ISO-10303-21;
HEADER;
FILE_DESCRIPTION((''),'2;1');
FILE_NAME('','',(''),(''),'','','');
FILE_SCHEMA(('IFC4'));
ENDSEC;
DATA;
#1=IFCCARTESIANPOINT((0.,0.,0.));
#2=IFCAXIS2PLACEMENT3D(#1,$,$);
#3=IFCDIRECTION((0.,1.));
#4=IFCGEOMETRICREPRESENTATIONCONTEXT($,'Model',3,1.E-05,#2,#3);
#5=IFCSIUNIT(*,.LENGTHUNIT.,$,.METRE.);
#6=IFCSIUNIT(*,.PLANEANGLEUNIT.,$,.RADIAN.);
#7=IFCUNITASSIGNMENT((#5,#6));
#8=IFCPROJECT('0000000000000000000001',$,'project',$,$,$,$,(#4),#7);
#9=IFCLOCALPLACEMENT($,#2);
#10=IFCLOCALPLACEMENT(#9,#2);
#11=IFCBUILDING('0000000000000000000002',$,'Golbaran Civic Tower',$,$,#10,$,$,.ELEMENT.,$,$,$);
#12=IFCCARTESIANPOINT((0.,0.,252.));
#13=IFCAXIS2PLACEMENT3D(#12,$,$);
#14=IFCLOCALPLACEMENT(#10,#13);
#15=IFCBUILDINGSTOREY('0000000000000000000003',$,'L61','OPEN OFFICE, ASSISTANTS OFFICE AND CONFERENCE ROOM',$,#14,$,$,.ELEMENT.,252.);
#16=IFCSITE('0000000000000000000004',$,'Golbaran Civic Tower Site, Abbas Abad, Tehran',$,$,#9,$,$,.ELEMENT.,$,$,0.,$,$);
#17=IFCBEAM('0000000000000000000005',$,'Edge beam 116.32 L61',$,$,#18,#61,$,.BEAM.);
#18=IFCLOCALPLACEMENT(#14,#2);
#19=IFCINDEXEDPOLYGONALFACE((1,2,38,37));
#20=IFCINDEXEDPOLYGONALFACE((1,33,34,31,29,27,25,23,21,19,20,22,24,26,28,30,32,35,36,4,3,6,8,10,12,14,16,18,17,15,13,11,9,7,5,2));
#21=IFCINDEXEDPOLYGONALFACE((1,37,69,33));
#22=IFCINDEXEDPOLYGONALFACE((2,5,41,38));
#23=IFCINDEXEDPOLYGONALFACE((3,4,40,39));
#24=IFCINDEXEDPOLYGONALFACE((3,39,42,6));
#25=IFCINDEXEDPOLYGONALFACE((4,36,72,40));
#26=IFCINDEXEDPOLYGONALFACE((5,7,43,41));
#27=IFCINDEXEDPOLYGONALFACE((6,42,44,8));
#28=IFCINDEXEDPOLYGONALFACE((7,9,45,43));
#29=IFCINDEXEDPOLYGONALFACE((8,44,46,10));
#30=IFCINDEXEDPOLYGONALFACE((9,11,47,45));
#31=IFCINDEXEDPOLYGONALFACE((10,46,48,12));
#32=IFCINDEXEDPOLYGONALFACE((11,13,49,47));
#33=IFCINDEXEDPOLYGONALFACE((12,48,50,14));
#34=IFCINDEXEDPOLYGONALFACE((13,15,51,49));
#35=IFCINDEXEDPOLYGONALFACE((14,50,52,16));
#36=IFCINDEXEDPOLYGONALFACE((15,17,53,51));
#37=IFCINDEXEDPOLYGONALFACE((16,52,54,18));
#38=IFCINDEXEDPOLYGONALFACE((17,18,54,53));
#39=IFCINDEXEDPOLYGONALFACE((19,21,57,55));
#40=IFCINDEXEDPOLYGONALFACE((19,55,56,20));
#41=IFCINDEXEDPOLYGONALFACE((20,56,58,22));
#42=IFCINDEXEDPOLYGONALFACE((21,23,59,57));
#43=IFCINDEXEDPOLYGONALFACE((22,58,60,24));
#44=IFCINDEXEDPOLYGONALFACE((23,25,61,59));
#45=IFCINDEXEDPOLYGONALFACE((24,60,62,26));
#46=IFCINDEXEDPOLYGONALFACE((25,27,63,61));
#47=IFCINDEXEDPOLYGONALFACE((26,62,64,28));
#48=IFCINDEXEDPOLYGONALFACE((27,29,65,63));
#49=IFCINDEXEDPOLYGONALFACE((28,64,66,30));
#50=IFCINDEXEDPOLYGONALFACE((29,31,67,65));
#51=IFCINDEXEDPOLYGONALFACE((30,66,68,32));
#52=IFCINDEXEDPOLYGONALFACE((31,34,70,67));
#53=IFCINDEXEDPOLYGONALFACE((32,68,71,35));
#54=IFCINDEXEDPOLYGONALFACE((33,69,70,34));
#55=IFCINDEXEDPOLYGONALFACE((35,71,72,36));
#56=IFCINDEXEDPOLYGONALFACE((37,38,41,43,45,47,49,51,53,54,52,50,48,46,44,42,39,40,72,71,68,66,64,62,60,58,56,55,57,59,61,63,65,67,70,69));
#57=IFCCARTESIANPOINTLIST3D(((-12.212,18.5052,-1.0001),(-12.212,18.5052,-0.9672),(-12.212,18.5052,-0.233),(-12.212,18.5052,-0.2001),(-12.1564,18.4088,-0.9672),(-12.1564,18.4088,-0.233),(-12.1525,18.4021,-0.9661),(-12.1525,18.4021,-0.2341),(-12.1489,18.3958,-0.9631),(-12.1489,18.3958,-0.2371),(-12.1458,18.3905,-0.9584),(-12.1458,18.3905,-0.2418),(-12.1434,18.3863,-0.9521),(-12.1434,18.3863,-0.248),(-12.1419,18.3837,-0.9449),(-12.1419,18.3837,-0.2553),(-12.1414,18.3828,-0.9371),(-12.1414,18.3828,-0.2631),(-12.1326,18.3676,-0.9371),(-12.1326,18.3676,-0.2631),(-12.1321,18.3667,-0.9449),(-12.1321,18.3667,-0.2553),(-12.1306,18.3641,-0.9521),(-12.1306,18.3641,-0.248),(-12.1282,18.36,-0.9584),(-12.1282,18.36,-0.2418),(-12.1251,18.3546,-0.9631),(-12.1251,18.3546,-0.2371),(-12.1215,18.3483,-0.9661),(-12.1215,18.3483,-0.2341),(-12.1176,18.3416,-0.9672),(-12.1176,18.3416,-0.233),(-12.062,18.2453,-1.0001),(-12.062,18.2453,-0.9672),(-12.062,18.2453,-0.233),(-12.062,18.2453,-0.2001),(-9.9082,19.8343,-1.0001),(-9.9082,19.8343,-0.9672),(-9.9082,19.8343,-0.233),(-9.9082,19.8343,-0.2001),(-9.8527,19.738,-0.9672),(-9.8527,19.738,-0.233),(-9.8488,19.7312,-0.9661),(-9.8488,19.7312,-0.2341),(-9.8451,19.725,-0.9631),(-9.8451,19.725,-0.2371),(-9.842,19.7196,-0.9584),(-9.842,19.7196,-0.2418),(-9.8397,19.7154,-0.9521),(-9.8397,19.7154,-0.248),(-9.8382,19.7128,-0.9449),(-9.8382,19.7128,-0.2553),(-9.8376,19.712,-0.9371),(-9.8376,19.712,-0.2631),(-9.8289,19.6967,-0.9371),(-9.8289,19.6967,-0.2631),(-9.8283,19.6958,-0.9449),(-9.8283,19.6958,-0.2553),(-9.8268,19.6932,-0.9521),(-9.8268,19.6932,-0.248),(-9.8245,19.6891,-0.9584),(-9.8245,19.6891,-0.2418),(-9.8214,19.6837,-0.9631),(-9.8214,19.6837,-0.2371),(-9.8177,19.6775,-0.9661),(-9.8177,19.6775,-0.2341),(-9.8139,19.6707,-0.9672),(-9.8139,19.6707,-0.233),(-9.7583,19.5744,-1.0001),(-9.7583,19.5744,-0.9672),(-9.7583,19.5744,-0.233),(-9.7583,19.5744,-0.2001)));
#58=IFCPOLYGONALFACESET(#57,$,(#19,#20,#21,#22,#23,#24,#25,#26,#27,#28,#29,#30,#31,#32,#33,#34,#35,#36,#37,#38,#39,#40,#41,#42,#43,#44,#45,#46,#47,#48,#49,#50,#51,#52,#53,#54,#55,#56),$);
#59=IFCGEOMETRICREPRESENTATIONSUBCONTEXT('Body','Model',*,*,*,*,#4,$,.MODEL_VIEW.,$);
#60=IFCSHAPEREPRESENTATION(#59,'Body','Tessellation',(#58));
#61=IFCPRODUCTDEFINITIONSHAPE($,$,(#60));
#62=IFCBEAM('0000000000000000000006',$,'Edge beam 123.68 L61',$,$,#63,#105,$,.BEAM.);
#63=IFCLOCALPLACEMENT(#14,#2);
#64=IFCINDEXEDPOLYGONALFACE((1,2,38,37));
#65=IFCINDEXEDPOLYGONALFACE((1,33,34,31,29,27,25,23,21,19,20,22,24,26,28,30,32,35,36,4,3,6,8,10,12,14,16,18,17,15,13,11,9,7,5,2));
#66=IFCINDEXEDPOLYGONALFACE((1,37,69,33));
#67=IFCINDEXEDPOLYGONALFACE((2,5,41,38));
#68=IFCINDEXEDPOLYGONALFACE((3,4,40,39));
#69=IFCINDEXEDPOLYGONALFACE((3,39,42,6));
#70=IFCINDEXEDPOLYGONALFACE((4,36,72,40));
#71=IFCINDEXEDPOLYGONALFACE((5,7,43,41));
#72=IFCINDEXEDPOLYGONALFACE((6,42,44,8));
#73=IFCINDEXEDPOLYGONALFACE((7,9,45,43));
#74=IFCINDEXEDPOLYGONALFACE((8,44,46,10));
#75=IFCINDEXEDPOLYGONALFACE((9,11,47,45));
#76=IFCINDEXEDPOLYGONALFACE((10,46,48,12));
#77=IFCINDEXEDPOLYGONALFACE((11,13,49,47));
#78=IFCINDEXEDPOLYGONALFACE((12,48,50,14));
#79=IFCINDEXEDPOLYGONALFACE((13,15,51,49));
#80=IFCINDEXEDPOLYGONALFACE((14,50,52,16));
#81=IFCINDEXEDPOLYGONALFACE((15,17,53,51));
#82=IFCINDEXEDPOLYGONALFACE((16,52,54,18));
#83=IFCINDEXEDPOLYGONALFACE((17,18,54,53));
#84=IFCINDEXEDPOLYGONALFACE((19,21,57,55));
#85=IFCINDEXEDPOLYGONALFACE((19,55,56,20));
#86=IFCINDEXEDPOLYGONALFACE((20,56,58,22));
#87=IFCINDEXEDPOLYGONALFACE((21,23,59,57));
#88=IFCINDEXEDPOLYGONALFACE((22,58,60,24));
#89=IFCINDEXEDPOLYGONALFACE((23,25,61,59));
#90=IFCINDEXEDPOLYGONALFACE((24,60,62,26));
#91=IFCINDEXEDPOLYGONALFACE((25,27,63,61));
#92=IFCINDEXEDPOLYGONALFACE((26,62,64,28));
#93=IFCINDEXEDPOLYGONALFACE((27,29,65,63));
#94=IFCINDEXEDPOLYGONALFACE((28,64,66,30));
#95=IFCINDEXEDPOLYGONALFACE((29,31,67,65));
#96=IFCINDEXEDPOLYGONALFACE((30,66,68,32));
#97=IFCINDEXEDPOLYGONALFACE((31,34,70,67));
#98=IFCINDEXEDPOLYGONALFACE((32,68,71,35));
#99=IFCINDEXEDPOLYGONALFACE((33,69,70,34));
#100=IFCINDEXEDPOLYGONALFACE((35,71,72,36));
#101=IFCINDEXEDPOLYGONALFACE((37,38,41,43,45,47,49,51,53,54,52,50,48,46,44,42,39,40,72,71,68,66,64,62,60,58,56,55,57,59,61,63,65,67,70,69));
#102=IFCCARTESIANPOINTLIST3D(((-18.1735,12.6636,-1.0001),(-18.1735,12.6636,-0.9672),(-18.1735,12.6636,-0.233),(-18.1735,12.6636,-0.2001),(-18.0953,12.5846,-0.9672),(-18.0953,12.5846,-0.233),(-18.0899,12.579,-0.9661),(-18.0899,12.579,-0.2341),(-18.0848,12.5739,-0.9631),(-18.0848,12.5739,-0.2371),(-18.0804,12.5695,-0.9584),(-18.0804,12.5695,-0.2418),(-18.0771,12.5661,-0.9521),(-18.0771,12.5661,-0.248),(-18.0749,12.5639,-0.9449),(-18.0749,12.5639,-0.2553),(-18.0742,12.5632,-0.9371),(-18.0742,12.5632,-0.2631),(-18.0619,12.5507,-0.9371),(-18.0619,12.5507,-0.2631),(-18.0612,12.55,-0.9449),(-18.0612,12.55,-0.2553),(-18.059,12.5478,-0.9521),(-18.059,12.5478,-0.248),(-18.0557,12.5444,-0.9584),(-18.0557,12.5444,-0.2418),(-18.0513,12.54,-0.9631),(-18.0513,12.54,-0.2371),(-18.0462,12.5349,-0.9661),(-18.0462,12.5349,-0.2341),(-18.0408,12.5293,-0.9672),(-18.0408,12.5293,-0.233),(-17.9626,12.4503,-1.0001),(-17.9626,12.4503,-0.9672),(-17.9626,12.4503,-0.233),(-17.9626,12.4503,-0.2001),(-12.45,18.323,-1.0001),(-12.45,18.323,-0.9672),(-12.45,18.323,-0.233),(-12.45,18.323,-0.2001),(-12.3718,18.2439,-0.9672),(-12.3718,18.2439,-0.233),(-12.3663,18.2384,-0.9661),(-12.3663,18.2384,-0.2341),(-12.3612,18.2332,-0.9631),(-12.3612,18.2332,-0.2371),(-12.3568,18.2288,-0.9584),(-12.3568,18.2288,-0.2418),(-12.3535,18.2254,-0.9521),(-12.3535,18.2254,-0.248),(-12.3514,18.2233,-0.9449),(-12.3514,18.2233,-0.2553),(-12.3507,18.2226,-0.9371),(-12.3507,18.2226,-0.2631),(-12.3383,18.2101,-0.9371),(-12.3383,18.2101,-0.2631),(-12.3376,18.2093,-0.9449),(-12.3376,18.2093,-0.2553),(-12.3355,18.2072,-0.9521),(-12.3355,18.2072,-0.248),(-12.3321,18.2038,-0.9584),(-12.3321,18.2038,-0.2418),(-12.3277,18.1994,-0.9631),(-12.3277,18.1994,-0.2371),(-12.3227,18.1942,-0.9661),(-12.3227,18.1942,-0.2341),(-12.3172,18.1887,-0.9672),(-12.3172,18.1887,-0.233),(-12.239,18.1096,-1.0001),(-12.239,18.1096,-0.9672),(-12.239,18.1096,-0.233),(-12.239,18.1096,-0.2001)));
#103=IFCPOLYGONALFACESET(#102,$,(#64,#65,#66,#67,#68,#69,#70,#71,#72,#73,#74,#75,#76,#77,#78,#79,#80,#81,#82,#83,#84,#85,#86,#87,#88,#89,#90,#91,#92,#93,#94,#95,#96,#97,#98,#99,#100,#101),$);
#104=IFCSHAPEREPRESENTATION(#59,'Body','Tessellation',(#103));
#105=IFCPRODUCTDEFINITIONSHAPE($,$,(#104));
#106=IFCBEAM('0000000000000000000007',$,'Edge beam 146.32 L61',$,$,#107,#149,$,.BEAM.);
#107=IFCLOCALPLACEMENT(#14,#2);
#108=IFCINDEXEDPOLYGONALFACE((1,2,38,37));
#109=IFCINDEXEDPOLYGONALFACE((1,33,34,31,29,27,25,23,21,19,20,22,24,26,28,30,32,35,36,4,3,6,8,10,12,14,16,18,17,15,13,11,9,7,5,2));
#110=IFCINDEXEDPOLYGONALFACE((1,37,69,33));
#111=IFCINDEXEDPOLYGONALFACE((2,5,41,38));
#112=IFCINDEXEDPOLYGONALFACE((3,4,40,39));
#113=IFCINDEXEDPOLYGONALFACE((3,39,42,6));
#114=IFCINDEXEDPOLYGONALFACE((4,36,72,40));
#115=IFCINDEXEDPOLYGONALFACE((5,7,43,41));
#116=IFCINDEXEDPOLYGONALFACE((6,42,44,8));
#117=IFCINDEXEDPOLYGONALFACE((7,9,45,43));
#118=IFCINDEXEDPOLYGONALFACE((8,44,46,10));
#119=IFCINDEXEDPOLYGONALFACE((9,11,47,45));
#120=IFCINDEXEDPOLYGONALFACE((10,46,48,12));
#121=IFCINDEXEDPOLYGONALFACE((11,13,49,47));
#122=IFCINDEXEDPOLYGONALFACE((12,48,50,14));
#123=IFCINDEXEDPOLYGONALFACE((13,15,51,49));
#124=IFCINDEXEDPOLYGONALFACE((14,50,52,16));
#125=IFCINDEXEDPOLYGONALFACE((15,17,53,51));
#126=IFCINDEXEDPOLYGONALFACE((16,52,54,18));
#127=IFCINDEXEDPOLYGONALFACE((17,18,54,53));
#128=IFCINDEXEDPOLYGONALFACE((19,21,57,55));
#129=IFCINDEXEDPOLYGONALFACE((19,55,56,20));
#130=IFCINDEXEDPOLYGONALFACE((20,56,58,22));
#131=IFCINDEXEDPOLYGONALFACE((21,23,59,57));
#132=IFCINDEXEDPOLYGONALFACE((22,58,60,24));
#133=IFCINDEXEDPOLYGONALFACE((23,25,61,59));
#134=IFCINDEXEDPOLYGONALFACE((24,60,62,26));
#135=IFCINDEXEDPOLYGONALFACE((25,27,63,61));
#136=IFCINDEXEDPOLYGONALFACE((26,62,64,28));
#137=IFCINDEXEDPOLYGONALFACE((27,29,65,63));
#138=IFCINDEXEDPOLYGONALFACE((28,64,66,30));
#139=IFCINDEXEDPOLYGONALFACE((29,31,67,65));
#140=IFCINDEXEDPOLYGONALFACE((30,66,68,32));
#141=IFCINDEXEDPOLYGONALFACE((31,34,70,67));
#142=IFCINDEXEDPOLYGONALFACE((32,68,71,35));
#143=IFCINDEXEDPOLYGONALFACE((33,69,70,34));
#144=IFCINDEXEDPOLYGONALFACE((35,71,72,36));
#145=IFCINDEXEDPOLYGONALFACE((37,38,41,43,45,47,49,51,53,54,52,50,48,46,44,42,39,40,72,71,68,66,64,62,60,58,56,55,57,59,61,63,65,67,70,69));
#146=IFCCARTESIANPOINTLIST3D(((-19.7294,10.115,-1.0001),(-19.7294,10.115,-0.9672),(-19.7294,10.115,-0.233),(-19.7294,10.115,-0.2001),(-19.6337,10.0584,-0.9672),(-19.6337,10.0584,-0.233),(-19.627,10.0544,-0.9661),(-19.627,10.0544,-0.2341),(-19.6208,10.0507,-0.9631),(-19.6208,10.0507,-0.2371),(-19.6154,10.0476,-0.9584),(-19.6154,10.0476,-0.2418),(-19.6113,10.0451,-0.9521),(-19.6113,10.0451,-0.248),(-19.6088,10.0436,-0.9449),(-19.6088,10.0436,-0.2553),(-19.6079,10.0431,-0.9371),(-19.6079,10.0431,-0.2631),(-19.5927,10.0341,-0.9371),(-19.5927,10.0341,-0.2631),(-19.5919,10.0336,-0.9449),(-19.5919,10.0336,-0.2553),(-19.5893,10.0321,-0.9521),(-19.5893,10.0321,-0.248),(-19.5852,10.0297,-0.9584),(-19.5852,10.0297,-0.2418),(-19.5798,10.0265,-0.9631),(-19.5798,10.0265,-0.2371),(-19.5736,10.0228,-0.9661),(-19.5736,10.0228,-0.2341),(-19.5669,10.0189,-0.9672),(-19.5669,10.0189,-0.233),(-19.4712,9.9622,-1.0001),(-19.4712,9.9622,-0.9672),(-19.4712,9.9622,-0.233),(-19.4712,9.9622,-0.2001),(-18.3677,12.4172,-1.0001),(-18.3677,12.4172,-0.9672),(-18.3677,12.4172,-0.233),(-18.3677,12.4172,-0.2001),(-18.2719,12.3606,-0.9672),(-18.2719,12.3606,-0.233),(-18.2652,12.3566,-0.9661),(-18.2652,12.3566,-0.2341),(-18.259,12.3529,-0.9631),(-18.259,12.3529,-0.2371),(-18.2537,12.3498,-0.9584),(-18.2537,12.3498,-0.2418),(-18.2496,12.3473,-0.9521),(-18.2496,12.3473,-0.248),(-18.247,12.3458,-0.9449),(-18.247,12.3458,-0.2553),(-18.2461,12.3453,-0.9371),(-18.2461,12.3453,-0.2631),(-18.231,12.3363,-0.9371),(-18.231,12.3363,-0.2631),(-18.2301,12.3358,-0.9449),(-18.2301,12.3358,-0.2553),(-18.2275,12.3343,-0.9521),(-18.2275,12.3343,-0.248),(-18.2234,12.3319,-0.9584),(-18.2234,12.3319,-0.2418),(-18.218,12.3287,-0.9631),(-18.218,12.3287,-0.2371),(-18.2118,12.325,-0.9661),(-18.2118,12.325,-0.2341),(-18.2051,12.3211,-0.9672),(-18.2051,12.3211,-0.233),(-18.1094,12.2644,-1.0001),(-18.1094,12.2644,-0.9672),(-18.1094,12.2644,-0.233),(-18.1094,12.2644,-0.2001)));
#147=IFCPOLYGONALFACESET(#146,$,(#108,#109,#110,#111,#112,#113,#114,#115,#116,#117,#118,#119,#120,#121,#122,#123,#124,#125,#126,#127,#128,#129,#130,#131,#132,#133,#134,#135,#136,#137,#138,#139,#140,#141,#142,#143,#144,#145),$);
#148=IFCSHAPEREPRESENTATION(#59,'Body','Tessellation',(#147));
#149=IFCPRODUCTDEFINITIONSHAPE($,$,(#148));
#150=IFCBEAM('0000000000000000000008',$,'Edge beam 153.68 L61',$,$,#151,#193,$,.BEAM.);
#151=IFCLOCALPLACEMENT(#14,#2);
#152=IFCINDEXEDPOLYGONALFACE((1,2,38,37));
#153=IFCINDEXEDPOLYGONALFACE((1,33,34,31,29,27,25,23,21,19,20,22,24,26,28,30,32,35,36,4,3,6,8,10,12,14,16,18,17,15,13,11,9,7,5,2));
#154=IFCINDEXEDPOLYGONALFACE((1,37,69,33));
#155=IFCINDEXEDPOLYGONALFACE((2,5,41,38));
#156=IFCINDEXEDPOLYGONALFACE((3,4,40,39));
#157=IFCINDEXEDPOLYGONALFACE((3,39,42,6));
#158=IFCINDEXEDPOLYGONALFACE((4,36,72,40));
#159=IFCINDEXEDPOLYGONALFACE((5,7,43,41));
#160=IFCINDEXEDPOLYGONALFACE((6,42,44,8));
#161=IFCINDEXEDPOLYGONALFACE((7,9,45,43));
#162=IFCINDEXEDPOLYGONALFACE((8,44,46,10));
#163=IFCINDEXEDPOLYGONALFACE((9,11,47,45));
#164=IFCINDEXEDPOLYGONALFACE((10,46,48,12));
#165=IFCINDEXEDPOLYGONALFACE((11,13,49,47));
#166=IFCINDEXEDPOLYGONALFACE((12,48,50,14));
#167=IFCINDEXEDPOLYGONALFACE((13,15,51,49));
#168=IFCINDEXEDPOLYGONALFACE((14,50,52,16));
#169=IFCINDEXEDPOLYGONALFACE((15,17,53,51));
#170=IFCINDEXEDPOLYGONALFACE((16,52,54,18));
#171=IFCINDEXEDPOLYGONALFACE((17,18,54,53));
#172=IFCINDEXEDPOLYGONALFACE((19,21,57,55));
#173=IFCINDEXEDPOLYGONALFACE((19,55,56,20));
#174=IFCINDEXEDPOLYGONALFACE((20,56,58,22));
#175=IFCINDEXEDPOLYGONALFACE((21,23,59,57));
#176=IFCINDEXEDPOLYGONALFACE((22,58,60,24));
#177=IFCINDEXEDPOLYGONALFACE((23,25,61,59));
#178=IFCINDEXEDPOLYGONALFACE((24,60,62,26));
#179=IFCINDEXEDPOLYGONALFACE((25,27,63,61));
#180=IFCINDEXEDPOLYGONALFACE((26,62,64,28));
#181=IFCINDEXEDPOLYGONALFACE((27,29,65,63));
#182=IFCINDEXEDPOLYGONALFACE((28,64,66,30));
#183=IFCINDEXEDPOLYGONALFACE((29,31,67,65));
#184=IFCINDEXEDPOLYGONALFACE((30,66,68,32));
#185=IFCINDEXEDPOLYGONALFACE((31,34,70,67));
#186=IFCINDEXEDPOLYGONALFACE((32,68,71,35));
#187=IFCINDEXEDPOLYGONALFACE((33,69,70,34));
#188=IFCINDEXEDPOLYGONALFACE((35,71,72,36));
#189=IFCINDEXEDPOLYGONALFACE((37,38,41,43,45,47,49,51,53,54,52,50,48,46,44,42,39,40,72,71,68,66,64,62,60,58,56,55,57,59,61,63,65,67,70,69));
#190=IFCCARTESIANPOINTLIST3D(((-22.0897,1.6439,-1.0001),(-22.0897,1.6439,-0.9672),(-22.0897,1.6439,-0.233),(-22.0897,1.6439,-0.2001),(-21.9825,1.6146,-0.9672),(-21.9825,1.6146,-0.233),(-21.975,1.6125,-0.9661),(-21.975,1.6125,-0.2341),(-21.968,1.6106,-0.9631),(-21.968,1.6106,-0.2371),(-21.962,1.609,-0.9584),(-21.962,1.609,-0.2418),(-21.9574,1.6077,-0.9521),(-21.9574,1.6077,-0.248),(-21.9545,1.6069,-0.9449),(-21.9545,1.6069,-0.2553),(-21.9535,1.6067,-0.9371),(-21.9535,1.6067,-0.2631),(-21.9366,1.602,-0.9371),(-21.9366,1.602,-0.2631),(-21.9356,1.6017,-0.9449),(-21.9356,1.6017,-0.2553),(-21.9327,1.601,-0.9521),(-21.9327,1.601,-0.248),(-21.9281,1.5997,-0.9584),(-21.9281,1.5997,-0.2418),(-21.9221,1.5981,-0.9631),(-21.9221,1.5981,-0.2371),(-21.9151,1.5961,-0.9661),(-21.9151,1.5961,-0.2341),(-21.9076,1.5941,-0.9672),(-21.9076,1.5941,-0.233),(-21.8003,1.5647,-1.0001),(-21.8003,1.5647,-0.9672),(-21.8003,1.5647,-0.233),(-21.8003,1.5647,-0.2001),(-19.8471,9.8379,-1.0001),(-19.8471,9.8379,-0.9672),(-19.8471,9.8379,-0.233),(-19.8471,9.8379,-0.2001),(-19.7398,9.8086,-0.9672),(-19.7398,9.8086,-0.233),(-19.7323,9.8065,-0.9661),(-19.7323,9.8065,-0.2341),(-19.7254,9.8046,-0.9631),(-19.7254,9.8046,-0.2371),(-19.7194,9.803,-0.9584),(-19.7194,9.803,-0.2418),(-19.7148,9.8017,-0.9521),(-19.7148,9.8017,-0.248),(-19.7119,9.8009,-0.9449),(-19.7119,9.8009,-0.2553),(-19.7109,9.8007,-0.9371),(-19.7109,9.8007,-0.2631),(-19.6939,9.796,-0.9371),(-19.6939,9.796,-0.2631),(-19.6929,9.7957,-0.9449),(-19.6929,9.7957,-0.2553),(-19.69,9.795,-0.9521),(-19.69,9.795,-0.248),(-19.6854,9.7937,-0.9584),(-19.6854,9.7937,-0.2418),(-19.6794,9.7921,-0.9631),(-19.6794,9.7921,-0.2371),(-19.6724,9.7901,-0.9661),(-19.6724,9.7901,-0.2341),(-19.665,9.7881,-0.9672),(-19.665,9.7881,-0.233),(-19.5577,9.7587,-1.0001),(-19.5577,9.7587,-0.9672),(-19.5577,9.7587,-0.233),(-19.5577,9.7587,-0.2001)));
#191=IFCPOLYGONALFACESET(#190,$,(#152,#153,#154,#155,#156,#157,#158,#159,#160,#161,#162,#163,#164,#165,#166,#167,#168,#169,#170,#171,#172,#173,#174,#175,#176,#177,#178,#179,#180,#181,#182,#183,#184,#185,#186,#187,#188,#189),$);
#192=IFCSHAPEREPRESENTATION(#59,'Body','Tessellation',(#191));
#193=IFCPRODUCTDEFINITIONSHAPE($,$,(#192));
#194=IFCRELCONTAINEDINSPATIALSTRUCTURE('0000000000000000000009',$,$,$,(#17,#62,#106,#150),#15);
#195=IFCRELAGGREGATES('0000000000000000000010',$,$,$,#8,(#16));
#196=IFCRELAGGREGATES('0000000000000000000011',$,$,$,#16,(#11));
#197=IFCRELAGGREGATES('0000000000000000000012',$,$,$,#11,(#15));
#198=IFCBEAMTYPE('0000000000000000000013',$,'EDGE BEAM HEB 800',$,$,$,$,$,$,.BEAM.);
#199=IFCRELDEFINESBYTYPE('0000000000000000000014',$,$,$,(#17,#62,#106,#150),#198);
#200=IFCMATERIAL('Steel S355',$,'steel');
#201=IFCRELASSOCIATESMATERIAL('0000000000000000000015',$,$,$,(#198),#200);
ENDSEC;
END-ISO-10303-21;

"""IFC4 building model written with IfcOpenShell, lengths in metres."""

from ifc_helpers import new_model, si_unit, direction, frame, origin, origin_2d, place, context, subcontext, project, spatial, i_section, extrude, material, material_profile, profile_set, type_object, element, save


model = new_model("IFC4")

# Units and contexts
model_context = context("Model", 3, precision=1e-05, world=origin(), true_north=direction((0.0, 1.0)))
body_context = subcontext(model_context, "Body", "Model", "MODEL_VIEW")
ifc_project = project(units=[si_unit("LENGTHUNIT", "METRE"), si_unit("PLANEANGLEUNIT", "RADIAN")], contexts=[model_context])

# Site, building, storey
site_placement = place(None, origin())
site = spatial("IfcSite", under=ifc_project, at=site_placement, Name="Golbaran Civic Tower Site, Abbas Abad, Tehran", CompositionType="ELEMENT", RefElevation=0.0)
building_placement = place(site_placement, origin())
building = spatial("IfcBuilding", under=site, at=building_placement, Name="Golbaran Civic Tower", CompositionType="ELEMENT")
storey_placement = place(building_placement, frame((0.0, 0.0, 252.0)))
storey = spatial("IfcBuildingStorey", under=building, at=storey_placement, Name="L61", Description="OPEN OFFICE, ASSISTANTS OFFICE AND CONFERENCE ROOM", CompositionType="ELEMENT", Elevation=252.0)

# Beams
ifc_material_1 = material(Name="Steel S355", Category="steel")
ifc_material_profile_1 = material_profile(ifc_material_1, i_section(OverallWidth=0.3, OverallDepth=0.8, WebThickness=0.0176, FlangeThickness=0.033, FilletRadius=0.03, at=origin_2d()), Name="HEB 800")
ifc_profile_set_1 = profile_set([ifc_material_profile_1], Name="Steel S355")
beam_type_1 = type_object("IfcBeamType", Name="EDGE BEAM HEB 800", PredefinedType="BEAM", material=ifc_profile_set_1)
beam_1_placement = place(storey_placement, frame((-9.8333, 19.7043, -0.6001), z_axis=(-0.866179, -0.499733, 0.0), x_axis=(0.499733, -0.866179, 0.0)))
element("IfcBeam", 1, at=beam_1_placement, inside=storey, type_object=beam_type_1, Name="Edge beam 116.32 L61", PredefinedType="BEAM", context=body_context, shape_type="SweptSolid", body=[
    extrude(i_section(OverallWidth=0.3, OverallDepth=0.8, WebThickness=0.0176, FlangeThickness=0.033, FilletRadius=0.03, at=origin_2d()), origin(), (0.0, 0.0, 1.0), 2.6597),
])
beam_2_placement = place(storey_placement, frame((-12.3445, 18.2163, -0.6001), z_axis=(-0.711084, -0.703107, 0.0), x_axis=(0.703107, -0.711084, 0.0)))
element("IfcBeam", 2, at=beam_2_placement, inside=storey, type_object=beam_type_1, Name="Edge beam 123.68 L61", PredefinedType="BEAM", context=body_context, shape_type="SweptSolid", body=[
    extrude(i_section(OverallWidth=0.3, OverallDepth=0.8, WebThickness=0.0176, FlangeThickness=0.033, FilletRadius=0.03, at=origin_2d()), origin(), (0.0, 0.0, 1.0), 8.0491),
])
beam_3_placement = place(storey_placement, frame((-18.2385, 12.3408, -0.6001), z_axis=(-0.509117, -0.860697, 0.0), x_axis=(0.860697, -0.509117, 0.0)))
element("IfcBeam", 3, at=beam_3_placement, inside=storey, type_object=beam_type_1, Name="Edge beam 146.32 L61", PredefinedType="BEAM", context=body_context, shape_type="SweptSolid", body=[
    extrude(i_section(OverallWidth=0.3, OverallDepth=0.8, WebThickness=0.0176, FlangeThickness=0.033, FilletRadius=0.03, at=origin_2d()), origin(), (0.0, 0.0, 1.0), 2.6748),
])
beam_4_placement = place(storey_placement, frame((-19.7024, 9.7983, -0.6001), z_axis=(-0.263985, -0.964527, 0.0), x_axis=(0.964527, -0.263985, 0.0)))
element("IfcBeam", 4, at=beam_4_placement, inside=storey, type_object=beam_type_1, Name="Edge beam 153.68 L61", PredefinedType="BEAM", context=body_context, shape_type="SweptSolid", body=[
    extrude(i_section(OverallWidth=0.3, OverallDepth=0.8, WebThickness=0.0176, FlangeThickness=0.033, FilletRadius=0.03, at=origin_2d()), origin(), (0.0, 0.0, 1.0), 8.4954),
])

save(model, "model.ifc")
